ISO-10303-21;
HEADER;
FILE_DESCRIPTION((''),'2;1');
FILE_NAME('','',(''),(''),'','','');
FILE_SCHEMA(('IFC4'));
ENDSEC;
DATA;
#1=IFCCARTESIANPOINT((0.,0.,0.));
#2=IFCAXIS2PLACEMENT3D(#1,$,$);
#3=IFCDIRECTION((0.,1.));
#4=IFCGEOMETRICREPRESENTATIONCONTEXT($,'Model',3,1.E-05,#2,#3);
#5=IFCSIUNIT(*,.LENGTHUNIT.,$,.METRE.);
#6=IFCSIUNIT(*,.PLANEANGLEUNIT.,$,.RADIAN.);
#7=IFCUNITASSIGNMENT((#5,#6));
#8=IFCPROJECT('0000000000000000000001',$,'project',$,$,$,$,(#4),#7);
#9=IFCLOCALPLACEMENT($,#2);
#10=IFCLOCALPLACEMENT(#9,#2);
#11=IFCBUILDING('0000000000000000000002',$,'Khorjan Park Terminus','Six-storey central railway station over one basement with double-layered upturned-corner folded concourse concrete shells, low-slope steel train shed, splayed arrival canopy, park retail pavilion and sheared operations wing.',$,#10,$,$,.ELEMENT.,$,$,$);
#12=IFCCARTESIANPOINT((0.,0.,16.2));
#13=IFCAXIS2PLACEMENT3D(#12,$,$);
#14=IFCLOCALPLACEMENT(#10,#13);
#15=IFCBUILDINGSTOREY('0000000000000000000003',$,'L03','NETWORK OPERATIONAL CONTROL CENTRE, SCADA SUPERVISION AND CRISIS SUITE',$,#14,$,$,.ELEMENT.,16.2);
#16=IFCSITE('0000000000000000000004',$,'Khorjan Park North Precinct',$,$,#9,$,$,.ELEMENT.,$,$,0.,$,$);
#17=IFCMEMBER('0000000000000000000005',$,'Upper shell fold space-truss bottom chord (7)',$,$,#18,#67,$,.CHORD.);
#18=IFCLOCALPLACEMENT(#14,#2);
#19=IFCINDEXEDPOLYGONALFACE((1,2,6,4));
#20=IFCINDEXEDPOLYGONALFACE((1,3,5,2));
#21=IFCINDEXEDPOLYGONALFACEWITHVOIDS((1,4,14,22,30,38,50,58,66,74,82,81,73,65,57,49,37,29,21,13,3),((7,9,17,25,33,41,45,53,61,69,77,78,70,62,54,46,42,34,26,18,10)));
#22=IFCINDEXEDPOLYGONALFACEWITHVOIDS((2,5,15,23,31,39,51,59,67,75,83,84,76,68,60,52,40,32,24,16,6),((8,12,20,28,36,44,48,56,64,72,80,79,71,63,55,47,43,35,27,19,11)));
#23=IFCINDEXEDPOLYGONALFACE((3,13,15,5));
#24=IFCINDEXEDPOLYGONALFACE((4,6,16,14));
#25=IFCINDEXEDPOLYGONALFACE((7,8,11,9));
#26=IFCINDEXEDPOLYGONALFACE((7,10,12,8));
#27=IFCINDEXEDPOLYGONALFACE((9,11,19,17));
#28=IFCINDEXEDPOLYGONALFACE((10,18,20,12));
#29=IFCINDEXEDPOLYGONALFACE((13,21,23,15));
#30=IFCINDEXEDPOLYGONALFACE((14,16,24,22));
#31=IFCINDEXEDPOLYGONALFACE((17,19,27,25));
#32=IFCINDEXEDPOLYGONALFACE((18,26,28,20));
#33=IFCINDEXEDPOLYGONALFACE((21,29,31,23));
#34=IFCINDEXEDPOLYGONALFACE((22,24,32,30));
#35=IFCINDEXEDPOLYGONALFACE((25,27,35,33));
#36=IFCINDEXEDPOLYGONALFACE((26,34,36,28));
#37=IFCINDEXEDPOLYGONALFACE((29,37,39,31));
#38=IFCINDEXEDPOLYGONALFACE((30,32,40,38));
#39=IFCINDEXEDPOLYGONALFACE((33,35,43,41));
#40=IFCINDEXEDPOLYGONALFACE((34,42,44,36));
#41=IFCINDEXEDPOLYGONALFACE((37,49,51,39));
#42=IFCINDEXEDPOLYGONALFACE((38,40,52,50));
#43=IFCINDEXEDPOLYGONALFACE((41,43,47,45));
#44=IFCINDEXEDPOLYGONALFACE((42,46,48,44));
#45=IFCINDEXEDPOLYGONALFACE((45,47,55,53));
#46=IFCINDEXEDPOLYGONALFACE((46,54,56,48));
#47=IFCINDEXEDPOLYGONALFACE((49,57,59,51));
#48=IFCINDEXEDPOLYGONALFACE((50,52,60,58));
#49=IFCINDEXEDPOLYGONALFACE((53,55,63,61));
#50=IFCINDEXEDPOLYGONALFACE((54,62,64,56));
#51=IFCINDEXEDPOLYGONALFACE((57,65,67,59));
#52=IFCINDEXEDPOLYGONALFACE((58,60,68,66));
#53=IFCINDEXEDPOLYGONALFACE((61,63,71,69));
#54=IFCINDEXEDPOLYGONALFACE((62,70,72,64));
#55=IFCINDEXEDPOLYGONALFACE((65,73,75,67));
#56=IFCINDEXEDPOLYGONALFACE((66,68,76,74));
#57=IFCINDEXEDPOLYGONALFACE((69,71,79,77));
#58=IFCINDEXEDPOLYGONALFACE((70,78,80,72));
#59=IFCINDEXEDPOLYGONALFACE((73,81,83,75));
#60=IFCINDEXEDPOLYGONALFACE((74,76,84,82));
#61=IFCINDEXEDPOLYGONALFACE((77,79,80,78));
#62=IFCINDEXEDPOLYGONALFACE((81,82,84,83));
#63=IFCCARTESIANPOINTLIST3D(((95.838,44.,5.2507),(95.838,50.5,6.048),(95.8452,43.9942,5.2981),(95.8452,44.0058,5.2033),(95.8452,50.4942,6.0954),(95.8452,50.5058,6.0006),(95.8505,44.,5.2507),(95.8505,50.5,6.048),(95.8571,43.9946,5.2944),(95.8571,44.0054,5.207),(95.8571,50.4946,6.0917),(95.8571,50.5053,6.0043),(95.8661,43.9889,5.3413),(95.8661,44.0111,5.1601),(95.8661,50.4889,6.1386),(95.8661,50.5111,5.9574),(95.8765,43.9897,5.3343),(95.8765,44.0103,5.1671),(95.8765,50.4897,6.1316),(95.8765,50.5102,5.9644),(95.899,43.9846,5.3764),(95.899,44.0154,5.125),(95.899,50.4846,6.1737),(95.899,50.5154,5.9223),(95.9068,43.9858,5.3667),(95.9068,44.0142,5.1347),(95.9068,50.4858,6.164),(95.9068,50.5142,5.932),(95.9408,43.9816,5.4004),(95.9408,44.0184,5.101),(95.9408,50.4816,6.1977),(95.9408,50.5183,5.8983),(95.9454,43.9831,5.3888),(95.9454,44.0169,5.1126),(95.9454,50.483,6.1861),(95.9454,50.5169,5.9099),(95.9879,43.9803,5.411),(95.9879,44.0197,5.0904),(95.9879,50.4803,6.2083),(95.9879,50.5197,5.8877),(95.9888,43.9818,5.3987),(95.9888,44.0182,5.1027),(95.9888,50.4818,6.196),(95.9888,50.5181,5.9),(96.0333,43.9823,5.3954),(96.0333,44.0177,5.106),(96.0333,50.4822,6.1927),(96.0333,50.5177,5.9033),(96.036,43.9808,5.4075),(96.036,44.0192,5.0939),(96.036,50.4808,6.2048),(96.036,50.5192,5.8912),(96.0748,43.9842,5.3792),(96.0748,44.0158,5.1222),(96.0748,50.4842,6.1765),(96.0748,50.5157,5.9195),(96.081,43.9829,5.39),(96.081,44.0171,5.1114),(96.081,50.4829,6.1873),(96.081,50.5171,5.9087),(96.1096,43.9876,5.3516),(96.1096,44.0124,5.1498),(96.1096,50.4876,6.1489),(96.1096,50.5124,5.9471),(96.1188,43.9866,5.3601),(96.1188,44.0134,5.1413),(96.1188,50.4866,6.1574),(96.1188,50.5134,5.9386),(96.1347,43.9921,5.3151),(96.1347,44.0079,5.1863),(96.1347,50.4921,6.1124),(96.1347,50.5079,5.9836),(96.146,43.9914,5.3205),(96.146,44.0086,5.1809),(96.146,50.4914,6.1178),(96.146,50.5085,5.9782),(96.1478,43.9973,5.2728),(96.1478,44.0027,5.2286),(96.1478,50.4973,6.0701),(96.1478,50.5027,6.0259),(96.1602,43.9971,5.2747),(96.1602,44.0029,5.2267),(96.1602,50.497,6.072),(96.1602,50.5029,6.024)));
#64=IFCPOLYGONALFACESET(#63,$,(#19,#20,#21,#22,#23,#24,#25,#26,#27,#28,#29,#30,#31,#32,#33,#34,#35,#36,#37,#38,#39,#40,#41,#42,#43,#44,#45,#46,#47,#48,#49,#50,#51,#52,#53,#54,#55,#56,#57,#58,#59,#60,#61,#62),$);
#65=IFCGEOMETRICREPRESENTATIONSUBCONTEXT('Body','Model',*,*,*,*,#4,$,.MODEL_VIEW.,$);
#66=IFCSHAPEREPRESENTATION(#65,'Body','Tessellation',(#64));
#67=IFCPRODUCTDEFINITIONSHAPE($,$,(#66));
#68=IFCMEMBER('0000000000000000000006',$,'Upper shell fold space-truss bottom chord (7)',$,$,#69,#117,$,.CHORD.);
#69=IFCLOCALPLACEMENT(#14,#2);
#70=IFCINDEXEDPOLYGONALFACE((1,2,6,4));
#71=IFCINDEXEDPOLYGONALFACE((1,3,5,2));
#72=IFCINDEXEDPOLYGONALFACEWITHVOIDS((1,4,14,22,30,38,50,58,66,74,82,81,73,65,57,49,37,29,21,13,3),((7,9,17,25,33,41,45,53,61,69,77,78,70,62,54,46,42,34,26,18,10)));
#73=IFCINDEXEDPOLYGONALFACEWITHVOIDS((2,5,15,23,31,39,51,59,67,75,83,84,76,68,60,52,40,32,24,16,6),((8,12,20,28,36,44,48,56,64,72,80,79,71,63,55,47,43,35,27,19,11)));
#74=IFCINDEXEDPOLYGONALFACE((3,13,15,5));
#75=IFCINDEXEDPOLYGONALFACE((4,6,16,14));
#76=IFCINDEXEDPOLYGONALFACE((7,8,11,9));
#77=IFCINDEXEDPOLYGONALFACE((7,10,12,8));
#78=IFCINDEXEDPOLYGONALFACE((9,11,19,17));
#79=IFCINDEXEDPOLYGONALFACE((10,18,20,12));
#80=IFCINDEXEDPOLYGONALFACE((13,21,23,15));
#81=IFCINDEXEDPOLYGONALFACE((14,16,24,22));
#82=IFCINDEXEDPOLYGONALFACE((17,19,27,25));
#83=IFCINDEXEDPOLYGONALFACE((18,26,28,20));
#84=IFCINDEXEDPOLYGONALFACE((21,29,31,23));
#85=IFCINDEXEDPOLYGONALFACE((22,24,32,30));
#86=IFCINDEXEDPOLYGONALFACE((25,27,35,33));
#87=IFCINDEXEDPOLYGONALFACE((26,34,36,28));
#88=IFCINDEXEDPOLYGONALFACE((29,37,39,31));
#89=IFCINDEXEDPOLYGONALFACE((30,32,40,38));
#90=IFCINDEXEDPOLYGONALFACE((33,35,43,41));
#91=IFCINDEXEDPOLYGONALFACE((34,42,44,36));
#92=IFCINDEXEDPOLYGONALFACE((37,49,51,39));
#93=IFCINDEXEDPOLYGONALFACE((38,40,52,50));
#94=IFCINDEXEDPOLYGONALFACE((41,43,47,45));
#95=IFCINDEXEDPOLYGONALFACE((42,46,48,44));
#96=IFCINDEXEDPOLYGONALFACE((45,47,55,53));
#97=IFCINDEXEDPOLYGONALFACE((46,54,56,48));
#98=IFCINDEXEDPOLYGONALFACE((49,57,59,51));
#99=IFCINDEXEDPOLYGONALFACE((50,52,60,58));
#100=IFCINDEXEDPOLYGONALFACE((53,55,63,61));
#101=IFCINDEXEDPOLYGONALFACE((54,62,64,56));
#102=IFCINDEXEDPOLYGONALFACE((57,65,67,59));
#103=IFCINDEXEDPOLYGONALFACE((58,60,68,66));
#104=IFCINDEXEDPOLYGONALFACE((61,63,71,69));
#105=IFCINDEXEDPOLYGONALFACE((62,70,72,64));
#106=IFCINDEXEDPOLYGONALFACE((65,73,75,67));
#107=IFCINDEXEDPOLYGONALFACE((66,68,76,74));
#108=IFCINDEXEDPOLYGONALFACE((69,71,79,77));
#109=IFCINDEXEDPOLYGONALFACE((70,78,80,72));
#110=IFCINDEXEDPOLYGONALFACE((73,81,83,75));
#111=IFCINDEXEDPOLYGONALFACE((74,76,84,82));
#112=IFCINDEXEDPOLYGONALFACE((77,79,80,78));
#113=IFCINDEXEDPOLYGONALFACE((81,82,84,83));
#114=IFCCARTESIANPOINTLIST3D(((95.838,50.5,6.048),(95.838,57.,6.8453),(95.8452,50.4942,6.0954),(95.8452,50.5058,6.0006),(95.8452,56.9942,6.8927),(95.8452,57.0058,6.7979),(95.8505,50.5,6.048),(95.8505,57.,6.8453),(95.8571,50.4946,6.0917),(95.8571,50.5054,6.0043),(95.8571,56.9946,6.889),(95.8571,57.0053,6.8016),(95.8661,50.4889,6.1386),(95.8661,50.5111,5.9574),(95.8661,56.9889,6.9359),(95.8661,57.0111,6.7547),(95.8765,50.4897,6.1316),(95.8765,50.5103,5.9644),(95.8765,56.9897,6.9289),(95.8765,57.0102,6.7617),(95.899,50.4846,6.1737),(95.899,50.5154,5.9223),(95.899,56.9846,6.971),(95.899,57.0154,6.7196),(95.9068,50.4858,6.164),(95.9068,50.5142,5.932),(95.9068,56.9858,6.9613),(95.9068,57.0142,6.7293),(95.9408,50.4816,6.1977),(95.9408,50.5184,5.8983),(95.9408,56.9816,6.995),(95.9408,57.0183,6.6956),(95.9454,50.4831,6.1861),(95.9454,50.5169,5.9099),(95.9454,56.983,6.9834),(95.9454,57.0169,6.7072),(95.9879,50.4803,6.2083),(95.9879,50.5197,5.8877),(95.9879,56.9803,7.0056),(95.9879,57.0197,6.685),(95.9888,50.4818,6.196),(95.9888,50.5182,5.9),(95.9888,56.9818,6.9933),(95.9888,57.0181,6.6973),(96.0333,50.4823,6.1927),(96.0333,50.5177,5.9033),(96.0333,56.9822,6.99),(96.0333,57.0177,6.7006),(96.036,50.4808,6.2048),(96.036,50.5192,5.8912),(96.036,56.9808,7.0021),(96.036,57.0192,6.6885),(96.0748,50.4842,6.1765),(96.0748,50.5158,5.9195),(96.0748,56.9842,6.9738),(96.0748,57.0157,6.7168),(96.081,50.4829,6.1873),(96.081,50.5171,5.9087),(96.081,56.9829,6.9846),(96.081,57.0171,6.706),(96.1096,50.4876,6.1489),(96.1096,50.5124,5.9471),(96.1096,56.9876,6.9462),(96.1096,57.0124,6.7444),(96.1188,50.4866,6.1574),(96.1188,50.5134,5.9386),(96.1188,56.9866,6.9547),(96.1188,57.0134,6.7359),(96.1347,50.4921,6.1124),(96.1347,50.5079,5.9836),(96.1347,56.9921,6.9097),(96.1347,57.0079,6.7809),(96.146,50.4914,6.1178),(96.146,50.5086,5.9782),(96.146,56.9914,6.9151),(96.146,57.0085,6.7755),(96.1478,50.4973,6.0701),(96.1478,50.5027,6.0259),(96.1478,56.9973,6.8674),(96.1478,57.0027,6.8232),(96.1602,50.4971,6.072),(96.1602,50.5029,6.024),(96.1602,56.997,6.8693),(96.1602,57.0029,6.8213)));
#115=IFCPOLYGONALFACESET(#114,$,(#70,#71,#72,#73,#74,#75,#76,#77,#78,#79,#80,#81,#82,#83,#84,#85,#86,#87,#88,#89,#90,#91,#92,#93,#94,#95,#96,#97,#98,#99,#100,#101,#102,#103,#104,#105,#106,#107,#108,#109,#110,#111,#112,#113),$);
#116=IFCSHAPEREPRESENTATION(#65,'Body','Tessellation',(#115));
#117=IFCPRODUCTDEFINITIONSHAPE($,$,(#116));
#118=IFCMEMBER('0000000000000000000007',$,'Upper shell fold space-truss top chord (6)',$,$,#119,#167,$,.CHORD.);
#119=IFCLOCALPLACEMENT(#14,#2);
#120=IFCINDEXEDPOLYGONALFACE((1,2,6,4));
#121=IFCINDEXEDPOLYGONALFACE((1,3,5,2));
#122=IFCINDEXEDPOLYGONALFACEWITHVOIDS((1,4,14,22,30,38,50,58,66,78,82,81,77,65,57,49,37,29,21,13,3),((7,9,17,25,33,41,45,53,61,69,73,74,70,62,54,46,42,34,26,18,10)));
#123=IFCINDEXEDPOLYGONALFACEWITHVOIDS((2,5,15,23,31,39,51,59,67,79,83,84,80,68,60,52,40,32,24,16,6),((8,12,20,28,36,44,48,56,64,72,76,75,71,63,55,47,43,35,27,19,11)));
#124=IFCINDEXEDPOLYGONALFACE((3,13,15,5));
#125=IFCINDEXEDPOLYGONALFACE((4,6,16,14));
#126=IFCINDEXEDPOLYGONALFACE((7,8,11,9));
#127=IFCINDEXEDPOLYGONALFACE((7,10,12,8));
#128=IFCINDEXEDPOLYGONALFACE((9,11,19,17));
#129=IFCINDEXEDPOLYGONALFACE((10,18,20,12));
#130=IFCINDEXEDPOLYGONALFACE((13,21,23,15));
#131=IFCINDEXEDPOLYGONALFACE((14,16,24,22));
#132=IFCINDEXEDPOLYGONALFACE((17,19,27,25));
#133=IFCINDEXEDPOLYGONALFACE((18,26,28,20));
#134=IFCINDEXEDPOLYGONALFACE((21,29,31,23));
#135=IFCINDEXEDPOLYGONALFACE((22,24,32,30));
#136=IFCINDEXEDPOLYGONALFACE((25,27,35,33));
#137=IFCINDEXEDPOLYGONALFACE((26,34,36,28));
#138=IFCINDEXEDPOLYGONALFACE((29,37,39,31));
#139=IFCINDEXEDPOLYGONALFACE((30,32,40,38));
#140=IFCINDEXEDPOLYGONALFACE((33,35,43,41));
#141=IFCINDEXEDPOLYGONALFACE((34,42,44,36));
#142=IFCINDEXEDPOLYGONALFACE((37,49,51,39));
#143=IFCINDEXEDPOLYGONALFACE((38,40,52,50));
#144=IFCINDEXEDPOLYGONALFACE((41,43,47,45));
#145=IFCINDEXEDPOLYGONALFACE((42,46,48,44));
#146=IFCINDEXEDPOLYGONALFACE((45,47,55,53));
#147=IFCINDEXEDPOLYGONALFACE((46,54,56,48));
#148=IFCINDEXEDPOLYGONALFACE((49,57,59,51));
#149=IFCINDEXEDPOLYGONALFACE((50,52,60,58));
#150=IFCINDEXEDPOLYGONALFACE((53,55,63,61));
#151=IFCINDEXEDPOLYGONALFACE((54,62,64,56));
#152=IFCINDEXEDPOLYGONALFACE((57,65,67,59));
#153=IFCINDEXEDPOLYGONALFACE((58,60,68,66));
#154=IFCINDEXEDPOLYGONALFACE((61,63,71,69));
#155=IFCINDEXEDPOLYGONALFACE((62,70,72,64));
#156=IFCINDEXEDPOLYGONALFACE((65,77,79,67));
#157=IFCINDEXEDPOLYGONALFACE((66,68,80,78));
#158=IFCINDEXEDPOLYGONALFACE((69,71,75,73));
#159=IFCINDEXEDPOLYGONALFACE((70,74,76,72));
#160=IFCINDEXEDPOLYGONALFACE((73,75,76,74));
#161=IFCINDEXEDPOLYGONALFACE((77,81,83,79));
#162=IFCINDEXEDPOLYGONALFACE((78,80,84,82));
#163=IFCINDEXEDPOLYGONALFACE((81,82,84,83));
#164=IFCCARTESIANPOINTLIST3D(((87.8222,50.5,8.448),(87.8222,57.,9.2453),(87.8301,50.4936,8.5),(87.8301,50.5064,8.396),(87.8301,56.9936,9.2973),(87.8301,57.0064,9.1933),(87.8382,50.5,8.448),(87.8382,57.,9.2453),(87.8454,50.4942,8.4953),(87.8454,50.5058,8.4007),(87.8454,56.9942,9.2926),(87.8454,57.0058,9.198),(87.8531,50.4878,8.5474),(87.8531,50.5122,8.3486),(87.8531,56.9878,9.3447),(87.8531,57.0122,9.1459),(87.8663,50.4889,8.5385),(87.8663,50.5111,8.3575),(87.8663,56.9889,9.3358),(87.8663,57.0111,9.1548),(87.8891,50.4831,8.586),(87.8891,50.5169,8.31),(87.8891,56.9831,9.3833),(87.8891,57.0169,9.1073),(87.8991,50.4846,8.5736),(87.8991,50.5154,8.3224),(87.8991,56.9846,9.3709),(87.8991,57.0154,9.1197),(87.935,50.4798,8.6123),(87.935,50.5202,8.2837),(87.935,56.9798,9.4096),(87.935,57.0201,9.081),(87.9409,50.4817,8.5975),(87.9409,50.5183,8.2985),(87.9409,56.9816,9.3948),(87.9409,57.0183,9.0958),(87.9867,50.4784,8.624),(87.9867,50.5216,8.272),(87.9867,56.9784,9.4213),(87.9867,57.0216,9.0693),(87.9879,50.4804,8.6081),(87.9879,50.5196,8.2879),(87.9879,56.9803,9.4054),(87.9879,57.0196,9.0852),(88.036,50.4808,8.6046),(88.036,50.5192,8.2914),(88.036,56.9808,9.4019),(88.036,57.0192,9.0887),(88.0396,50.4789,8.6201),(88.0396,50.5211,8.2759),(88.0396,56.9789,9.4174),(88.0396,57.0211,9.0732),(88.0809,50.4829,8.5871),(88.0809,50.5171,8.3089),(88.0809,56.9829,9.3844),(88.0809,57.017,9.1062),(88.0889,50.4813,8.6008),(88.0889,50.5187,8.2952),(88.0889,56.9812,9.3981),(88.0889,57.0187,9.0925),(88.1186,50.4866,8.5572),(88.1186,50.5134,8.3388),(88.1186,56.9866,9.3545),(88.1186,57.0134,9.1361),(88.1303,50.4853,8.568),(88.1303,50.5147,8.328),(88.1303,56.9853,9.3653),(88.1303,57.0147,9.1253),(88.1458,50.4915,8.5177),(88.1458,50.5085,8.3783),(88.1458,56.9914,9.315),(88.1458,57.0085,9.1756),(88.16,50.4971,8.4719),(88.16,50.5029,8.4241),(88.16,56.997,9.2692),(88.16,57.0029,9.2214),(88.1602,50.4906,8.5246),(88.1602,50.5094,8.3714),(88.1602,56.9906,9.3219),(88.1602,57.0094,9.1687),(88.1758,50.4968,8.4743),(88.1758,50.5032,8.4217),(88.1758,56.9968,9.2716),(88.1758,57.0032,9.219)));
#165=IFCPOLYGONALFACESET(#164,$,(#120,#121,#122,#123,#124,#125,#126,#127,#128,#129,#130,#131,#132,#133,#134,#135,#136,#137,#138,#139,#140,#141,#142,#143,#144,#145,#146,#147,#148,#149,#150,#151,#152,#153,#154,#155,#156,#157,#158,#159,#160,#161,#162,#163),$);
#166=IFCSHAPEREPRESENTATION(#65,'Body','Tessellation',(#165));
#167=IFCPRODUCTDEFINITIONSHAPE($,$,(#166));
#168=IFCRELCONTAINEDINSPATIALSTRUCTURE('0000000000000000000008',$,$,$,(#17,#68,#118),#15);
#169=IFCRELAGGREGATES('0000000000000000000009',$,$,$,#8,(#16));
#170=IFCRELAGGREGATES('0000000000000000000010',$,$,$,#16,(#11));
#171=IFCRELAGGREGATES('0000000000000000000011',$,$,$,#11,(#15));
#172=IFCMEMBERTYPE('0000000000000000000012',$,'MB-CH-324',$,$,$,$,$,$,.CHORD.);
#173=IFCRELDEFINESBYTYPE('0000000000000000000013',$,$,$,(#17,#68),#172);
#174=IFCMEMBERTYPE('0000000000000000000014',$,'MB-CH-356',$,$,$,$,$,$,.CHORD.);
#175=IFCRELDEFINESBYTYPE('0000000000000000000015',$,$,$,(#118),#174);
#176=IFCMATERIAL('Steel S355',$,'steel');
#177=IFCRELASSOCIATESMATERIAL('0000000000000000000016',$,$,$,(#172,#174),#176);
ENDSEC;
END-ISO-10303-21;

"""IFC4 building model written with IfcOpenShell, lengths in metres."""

from ifc_helpers import new_model, si_unit, direction, frame, origin, origin_2d, place, context, subcontext, project, spatial, hollow_circle, extrude, material, material_profile, profile_set, type_object, element, save


model = new_model("IFC4")

# Units and contexts
model_context = context("Model", 3, precision=1e-05, world=origin(), true_north=direction((0.0, 1.0)))
body_context = subcontext(model_context, "Body", "Model", "MODEL_VIEW")
ifc_project = project(units=[si_unit("LENGTHUNIT", "METRE"), si_unit("PLANEANGLEUNIT", "RADIAN")], contexts=[model_context])

# Site, building, storey
site_placement = place(None, origin())
site = spatial("IfcSite", under=ifc_project, at=site_placement, Name="Khorjan Park North Precinct", CompositionType="ELEMENT", RefElevation=0.0)
building_placement = place(site_placement, origin())
building = spatial("IfcBuilding", under=site, at=building_placement, Name="Khorjan Park Terminus", Description="Six-storey central railway station over one basement with double-layered upturned-corner folded concourse concrete shells, low-slope steel train shed, splayed arrival canopy, park retail pavilion and sheared operations wing.", CompositionType="ELEMENT")
storey_placement = place(building_placement, frame((0.0, 0.0, 16.2)))
storey = spatial("IfcBuildingStorey", under=building, at=storey_placement, Name="L03", Description="NETWORK OPERATIONAL CONTROL CENTRE, SCADA SUPERVISION AND CRISIS SUITE", CompositionType="ELEMENT", Elevation=16.2)

# Members
ifc_material = material(Name="Steel S355", Category="steel")
ifc_material_profile_1 = material_profile(ifc_material, hollow_circle(Radius=0.162, WallThickness=0.0125, at=origin_2d()), Name="CHS 323.9x12.5")
ifc_profile_set_1 = profile_set([ifc_material_profile_1], Name="Steel S355")
member_type_1 = type_object("IfcMemberType", Name="MB-CH-324", PredefinedType="CHORD", material=ifc_profile_set_1)
for number, where, z_axis, x_axis, name in (
    (1, (96.0, 44.0, 5.2507), (0.0, 0.992561, 0.121749), (-1.0, 0.0, 0.0), "Upper shell fold space-truss bottom chord (7)"),
    (2, (96.0, 50.5, 6.048), (0.0, 0.992561, 0.121749), (-1.0, 0.0, 0.0), "Upper shell fold space-truss bottom chord (7)"),
):
    element("IfcMember", number, at=place(storey_placement, frame(where, z_axis=z_axis, x_axis=x_axis)), inside=storey, type_object=member_type_1, Name=name, PredefinedType="CHORD", context=body_context, shape_type="SweptSolid", body=[
        extrude(hollow_circle(Radius=0.162, WallThickness=0.0125, at=origin_2d()), origin(), (0.0, 0.0, 1.0), 6.5487),
    ])
ifc_material_profile_2 = material_profile(ifc_material, hollow_circle(Radius=0.1778, WallThickness=0.016, at=origin_2d()), Name="CHS 355.6x16")
ifc_profile_set_2 = profile_set([ifc_material_profile_2], Name="Steel S355")
member_type_2 = type_object("IfcMemberType", Name="MB-CH-356", PredefinedType="CHORD", material=ifc_profile_set_2)
for number, where, z_axis, x_axis, name in (
    (3, (88.0, 50.5, 8.448), (0.0, 0.992561, 0.121749), (-1.0, 0.0, 0.0), "Upper shell fold space-truss top chord (6)"),
):
    element("IfcMember", number, at=place(storey_placement, frame(where, z_axis=z_axis, x_axis=x_axis)), inside=storey, type_object=member_type_2, Name=name, PredefinedType="CHORD", context=body_context, shape_type="SweptSolid", body=[
        extrude(hollow_circle(Radius=0.1778, WallThickness=0.016, at=origin_2d()), origin(), (0.0, 0.0, 1.0), 6.5487),
    ])

save(model, "model.ifc")
